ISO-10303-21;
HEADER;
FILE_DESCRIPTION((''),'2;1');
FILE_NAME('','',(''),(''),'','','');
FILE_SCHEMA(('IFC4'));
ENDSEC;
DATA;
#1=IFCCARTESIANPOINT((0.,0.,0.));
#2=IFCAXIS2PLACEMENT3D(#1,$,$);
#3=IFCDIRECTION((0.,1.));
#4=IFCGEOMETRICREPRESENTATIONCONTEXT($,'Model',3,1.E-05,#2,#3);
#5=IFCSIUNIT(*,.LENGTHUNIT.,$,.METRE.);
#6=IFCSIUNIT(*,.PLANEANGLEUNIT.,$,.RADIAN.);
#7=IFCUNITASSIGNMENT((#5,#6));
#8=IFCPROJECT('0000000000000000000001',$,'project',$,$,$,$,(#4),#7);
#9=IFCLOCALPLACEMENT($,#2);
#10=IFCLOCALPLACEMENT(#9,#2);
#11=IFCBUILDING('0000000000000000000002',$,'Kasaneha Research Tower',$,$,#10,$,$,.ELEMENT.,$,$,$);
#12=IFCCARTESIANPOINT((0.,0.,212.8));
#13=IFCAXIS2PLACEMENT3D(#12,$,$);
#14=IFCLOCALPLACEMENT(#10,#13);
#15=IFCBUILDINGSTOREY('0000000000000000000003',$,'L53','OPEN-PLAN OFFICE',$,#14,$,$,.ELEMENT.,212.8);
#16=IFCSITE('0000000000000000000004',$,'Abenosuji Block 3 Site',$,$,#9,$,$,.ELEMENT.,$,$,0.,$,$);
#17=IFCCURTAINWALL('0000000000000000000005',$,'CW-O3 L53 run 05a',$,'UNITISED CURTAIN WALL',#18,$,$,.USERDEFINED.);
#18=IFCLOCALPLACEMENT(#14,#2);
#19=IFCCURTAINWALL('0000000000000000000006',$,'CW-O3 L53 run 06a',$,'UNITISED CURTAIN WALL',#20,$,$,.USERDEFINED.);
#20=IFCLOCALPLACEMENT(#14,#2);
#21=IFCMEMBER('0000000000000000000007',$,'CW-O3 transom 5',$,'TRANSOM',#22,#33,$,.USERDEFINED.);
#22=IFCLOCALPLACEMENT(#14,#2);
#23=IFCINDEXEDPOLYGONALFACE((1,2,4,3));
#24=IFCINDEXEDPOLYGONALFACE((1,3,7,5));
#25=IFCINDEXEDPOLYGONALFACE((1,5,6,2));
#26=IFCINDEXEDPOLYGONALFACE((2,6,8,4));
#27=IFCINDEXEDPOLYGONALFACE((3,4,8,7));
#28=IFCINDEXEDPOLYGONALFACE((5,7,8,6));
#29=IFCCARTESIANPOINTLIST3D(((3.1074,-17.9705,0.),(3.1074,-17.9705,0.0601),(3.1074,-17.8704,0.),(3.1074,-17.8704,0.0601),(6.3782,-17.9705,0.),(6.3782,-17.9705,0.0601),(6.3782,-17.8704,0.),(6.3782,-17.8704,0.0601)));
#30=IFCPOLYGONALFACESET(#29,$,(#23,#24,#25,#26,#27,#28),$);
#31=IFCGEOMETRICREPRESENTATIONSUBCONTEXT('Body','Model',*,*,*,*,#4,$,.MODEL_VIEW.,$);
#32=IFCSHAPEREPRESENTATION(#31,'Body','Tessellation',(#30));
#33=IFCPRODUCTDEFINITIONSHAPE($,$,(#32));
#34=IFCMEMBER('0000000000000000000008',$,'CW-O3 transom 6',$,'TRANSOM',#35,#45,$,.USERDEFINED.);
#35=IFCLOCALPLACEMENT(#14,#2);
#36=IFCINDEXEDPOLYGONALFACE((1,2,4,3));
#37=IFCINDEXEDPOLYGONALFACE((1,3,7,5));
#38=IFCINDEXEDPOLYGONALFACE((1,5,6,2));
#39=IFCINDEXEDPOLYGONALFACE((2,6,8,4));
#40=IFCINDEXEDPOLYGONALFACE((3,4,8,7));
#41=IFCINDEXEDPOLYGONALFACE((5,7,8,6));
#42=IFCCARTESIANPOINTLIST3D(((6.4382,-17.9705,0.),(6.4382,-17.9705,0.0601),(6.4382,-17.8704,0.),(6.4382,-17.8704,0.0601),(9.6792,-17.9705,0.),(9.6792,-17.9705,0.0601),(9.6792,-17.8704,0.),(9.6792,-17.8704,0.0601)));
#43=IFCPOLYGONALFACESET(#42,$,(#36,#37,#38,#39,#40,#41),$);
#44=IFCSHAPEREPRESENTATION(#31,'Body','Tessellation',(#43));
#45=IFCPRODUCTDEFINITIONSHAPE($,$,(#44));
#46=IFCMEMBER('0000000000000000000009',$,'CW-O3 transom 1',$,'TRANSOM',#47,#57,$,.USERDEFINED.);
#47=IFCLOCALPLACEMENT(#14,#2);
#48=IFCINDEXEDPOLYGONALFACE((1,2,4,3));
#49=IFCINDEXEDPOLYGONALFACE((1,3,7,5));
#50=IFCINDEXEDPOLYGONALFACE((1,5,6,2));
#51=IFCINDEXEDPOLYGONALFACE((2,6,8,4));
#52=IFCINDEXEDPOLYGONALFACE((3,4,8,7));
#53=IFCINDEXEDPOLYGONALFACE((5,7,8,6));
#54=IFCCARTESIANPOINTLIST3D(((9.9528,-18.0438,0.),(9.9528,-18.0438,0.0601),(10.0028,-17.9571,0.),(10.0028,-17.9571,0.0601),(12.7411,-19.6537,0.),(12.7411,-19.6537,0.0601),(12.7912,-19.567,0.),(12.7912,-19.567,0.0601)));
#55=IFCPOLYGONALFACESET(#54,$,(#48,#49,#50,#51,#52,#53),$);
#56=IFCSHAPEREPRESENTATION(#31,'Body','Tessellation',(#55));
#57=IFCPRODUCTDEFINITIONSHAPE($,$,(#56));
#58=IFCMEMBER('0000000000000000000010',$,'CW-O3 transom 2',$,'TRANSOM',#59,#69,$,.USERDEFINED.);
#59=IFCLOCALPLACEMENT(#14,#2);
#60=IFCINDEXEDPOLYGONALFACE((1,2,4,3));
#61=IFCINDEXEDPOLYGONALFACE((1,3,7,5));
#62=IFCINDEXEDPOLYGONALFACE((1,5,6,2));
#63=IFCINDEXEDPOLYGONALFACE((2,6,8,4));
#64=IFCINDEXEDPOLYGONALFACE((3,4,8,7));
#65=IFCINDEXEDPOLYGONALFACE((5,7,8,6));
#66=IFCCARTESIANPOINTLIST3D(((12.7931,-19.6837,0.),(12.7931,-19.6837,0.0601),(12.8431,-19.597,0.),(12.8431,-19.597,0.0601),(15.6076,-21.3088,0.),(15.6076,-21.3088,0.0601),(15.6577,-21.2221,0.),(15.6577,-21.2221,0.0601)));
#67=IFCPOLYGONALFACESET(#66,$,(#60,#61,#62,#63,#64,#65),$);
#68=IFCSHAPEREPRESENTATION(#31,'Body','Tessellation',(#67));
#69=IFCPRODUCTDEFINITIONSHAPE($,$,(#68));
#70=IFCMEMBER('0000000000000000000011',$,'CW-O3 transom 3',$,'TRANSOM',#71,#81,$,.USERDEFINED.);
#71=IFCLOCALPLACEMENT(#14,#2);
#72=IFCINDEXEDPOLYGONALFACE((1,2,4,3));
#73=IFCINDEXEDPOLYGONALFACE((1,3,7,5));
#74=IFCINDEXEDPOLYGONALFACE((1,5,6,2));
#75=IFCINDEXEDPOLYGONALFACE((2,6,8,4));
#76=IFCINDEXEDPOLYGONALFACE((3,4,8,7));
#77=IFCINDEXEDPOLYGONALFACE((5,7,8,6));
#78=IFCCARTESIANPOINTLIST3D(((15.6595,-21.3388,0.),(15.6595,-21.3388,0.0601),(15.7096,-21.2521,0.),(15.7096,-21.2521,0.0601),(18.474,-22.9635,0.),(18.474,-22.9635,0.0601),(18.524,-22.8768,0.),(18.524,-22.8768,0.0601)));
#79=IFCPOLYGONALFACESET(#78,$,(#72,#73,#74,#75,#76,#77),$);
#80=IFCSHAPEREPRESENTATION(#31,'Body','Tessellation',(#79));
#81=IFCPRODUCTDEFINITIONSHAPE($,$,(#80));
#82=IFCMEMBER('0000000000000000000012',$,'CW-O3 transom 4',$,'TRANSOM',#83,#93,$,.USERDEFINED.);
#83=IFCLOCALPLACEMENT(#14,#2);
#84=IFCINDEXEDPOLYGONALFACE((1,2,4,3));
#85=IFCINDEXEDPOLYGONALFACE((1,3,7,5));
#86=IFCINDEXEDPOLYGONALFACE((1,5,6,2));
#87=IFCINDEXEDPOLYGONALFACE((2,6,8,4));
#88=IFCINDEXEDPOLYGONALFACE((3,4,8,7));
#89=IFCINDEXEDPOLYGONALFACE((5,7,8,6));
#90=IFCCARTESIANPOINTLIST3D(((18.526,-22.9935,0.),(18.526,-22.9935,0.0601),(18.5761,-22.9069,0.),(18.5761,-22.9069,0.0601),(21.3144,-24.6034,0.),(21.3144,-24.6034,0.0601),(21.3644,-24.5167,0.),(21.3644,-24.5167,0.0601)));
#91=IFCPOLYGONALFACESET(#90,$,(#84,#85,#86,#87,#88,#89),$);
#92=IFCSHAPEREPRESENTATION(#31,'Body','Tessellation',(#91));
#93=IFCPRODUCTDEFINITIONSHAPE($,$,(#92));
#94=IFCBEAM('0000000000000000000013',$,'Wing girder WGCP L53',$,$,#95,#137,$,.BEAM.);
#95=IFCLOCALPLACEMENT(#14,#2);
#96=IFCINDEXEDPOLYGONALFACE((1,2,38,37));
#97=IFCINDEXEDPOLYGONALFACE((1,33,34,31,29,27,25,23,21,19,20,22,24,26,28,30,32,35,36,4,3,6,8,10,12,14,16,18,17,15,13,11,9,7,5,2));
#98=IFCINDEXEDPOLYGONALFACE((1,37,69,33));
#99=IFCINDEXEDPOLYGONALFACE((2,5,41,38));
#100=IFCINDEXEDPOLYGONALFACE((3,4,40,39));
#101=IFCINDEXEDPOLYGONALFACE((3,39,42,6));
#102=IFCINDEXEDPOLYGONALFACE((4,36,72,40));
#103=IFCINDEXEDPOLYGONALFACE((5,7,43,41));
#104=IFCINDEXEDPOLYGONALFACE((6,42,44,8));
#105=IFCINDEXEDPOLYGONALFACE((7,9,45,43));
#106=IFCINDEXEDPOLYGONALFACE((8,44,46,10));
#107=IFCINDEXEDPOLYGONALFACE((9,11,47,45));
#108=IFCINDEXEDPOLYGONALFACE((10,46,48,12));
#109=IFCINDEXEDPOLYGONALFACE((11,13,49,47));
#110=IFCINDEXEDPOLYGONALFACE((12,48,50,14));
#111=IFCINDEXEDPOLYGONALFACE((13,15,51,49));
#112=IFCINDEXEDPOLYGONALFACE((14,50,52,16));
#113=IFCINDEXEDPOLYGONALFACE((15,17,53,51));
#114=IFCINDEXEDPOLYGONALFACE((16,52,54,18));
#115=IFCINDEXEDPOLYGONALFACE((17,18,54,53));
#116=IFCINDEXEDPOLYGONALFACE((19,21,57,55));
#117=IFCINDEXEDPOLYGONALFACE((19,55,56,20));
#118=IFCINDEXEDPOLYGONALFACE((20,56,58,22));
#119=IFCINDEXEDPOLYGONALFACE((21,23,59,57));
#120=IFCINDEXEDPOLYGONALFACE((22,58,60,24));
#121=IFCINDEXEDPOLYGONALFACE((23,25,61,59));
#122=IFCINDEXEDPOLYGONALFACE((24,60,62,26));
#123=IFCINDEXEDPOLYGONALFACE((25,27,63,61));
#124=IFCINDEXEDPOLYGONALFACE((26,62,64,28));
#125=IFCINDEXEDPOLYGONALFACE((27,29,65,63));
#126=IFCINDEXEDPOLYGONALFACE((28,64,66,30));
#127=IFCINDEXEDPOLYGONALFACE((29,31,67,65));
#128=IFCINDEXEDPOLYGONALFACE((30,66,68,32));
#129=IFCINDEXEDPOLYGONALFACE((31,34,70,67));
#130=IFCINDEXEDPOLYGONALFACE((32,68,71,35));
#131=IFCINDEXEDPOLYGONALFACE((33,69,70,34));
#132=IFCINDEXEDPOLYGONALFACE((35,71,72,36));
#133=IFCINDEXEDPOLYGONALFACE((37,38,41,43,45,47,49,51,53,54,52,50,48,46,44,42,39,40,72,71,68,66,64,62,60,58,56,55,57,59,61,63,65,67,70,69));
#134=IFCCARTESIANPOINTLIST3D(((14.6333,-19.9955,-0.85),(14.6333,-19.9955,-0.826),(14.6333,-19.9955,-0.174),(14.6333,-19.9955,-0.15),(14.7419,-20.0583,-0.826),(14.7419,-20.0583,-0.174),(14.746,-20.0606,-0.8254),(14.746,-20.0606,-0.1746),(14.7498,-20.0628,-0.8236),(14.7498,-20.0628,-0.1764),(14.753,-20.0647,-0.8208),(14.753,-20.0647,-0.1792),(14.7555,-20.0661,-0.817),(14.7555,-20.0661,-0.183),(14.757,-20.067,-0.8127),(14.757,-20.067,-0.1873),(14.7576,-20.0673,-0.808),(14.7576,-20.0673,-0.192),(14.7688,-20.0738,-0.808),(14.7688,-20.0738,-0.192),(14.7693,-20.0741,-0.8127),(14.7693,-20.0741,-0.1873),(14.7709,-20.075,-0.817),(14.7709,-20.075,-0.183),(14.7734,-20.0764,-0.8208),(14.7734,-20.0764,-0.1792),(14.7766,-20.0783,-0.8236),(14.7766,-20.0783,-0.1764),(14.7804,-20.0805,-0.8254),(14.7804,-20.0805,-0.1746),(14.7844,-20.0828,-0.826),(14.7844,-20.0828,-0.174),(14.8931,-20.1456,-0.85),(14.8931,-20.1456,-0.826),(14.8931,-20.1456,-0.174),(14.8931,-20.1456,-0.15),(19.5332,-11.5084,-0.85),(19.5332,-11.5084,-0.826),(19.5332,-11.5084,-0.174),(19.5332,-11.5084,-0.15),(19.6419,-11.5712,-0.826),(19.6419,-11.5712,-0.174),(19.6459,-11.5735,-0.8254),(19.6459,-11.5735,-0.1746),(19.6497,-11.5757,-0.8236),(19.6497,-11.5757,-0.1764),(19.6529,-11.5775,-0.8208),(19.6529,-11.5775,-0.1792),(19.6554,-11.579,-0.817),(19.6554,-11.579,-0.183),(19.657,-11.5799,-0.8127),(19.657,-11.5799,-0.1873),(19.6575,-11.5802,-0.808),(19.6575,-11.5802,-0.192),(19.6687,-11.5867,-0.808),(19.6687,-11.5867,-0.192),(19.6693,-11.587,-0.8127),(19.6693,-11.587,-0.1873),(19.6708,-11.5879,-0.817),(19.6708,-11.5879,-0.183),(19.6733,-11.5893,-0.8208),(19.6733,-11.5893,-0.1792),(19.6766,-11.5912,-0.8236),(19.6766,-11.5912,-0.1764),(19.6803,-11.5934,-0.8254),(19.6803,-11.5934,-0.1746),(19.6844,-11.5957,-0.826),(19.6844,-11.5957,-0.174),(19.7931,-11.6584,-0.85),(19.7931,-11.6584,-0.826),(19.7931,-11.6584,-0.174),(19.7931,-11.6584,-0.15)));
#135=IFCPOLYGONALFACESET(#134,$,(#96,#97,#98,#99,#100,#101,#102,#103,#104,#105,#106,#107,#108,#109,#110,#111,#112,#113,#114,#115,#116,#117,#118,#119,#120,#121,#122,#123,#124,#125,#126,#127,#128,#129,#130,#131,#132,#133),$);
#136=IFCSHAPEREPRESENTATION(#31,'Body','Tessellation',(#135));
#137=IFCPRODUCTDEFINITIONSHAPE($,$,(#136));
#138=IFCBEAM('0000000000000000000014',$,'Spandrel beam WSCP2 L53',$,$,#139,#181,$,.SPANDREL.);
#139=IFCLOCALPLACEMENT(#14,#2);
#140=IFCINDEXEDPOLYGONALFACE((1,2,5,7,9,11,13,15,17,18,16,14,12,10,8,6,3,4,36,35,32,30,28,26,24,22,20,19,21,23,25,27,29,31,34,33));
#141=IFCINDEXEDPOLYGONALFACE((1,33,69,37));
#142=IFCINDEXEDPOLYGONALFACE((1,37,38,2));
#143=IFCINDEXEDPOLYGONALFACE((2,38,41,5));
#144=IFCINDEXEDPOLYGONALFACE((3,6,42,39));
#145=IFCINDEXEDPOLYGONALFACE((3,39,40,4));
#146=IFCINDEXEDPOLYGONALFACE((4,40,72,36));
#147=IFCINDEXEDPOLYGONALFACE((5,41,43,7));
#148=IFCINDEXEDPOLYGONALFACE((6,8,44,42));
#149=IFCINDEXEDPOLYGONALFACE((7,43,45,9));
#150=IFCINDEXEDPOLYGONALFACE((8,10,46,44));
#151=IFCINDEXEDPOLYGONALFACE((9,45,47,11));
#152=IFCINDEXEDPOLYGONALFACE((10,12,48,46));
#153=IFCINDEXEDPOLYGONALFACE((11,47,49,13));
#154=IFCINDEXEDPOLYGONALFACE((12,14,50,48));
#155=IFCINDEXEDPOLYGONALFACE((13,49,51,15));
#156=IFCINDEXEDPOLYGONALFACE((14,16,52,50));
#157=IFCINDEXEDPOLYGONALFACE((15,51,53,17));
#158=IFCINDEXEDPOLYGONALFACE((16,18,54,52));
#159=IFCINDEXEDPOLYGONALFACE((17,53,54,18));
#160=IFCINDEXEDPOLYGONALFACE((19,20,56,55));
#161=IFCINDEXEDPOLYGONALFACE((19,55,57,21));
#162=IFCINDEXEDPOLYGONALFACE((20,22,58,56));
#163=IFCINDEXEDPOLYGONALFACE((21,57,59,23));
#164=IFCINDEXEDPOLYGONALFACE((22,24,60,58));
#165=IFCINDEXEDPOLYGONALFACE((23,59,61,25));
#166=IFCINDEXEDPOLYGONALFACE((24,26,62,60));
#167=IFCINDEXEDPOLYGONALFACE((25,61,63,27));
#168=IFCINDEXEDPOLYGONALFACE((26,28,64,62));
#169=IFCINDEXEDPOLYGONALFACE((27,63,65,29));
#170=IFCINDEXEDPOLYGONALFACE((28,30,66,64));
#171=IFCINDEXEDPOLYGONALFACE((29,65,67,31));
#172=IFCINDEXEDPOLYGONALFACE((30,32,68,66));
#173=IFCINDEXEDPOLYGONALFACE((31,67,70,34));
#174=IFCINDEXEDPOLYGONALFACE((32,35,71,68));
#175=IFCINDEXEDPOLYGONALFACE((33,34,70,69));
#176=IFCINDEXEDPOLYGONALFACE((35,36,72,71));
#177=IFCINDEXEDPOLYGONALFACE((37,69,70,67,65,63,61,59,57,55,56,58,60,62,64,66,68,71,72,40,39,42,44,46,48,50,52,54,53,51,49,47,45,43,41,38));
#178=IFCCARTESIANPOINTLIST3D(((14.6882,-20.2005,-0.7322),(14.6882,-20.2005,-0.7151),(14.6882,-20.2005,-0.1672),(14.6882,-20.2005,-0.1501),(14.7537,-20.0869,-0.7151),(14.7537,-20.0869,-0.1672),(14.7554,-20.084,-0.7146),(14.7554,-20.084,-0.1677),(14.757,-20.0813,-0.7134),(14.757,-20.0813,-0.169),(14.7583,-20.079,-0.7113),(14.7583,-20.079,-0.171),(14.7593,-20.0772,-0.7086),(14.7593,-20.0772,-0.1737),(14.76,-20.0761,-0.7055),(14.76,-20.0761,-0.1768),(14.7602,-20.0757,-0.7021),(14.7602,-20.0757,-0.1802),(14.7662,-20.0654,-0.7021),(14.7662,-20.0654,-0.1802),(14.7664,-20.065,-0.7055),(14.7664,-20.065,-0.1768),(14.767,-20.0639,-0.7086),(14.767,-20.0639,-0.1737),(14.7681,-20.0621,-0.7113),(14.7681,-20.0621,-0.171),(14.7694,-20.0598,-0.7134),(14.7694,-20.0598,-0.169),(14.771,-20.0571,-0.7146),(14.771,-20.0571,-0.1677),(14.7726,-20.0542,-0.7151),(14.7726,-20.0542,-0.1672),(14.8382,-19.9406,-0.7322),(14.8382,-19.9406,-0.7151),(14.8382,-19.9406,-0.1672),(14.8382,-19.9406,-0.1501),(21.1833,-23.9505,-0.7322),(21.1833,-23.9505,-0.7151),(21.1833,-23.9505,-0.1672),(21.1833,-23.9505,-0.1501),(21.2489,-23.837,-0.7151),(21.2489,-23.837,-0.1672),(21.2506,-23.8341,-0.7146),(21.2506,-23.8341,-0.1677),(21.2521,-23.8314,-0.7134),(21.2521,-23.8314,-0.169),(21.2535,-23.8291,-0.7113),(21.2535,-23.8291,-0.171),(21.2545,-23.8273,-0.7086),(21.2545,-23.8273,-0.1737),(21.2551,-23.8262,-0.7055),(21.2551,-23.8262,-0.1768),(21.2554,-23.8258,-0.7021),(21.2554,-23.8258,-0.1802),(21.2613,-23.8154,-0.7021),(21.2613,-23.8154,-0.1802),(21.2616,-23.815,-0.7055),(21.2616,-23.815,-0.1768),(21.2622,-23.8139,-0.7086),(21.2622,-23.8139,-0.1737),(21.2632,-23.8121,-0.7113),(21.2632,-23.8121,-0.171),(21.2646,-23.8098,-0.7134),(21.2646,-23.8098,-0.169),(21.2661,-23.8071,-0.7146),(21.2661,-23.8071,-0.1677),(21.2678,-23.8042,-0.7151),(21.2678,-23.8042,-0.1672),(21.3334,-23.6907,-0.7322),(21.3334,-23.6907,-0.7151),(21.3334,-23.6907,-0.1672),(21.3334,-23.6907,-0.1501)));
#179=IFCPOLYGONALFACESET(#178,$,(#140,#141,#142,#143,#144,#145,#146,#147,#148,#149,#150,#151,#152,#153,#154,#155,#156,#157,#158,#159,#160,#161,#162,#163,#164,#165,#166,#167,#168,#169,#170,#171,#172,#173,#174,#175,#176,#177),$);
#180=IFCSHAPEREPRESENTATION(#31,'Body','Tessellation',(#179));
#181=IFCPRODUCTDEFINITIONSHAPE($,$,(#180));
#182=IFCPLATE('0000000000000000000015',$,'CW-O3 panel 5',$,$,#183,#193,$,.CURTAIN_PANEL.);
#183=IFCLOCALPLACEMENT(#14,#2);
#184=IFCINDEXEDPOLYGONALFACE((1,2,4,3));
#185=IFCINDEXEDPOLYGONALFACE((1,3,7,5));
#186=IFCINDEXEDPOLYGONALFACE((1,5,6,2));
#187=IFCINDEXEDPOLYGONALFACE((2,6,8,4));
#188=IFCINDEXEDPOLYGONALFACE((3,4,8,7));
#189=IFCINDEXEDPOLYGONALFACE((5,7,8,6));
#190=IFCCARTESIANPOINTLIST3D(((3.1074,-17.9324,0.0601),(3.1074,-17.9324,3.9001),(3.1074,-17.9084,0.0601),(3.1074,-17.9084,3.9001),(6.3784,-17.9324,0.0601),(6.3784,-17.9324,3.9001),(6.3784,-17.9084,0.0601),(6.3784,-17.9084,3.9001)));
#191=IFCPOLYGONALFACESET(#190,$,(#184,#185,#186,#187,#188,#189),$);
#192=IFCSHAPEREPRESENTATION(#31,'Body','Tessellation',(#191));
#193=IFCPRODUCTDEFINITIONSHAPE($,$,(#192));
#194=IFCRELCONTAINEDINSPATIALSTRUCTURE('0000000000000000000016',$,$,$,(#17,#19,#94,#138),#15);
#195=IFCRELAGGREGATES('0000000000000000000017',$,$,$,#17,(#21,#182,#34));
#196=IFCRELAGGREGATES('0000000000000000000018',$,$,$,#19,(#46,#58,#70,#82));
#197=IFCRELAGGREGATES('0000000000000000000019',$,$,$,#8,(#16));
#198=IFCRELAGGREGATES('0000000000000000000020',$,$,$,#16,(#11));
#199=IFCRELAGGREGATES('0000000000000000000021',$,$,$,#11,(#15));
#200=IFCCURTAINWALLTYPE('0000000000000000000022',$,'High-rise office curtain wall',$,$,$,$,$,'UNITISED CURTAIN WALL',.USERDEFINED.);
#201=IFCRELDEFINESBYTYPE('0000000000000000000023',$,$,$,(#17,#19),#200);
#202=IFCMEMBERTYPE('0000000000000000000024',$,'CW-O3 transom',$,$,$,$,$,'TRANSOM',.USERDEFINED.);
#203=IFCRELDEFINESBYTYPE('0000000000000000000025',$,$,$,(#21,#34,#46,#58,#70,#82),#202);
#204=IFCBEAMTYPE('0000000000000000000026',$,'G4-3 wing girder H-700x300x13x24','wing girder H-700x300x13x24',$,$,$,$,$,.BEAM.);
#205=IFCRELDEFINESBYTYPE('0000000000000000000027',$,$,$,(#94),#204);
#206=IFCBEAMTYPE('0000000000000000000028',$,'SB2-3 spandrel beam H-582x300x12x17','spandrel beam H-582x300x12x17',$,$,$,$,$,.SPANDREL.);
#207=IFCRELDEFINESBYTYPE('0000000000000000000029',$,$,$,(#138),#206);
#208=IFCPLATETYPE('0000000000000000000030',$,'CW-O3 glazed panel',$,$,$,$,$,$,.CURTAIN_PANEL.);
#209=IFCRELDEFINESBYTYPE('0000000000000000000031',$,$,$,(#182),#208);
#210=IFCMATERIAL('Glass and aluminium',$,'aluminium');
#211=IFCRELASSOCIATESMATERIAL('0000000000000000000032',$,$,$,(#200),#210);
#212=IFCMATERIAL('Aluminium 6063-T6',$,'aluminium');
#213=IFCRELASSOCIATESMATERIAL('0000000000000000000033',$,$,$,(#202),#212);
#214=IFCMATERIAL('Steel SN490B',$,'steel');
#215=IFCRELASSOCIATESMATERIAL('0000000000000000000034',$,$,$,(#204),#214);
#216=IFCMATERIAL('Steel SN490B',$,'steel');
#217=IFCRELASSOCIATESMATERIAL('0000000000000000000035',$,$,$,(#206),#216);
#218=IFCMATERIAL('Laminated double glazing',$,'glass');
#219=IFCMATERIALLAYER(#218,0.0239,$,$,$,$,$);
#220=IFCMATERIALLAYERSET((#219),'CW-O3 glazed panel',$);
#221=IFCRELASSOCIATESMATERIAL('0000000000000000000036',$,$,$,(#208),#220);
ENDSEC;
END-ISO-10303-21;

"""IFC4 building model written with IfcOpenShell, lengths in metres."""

from ifc_helpers import new_model, si_unit, direction, frame, origin, origin_2d, place, context, subcontext, project, spatial, rectangle, i_section, extrude, material, layer, layer_set, material_profile, profile_set, type_object, element, aggregate, save


model = new_model("IFC4")

# Units and contexts
model_context = context("Model", 3, precision=1e-05, world=origin(), true_north=direction((0.0, 1.0)))
body_context = subcontext(model_context, "Body", "Model", "MODEL_VIEW")
ifc_project = project(units=[si_unit("LENGTHUNIT", "METRE"), si_unit("PLANEANGLEUNIT", "RADIAN")], contexts=[model_context])

# Site, building, storey
site_placement = place(None, origin())
site = spatial("IfcSite", under=ifc_project, at=site_placement, Name="Abenosuji Block 3 Site", CompositionType="ELEMENT", RefElevation=0.0)
building_placement = place(site_placement, origin())
building = spatial("IfcBuilding", under=site, at=building_placement, Name="Kasaneha Research Tower", CompositionType="ELEMENT")
storey_placement = place(building_placement, frame((0.0, 0.0, 212.8)))
storey = spatial("IfcBuildingStorey", under=building, at=storey_placement, Name="L53", Description="OPEN-PLAN OFFICE", CompositionType="ELEMENT", Elevation=212.8)

# Curtain walls
ifc_material_1 = material(Name="Glass and aluminium", Category="aluminium")
curtain_wall_type = type_object("IfcCurtainWallType", Name="High-rise office curtain wall", ElementType="UNITISED CURTAIN WALL", PredefinedType="USERDEFINED", material=ifc_material_1)
curtain_wall_1_placement = place(storey_placement, origin())
curtain_wall_1 = element("IfcCurtainWall", 1, at=curtain_wall_1_placement, inside=storey, type_object=curtain_wall_type, Name="CW-O3 L53 run 05a", ObjectType="UNITISED CURTAIN WALL", PredefinedType="USERDEFINED")
curtain_wall_2_placement = place(storey_placement, origin())
curtain_wall_2 = element("IfcCurtainWall", 2, at=curtain_wall_2_placement, inside=storey, type_object=curtain_wall_type, Name="CW-O3 L53 run 06a", ObjectType="UNITISED CURTAIN WALL", PredefinedType="USERDEFINED")

# Members
ifc_material_2 = material(Name="Aluminium 6063-T6", Category="aluminium")
ifc_material_profile_1 = material_profile(ifc_material_2, rectangle(XDim=0.1001, YDim=0.0601, at=origin_2d()), Name="CW-O3 transom 100x60")
ifc_profile_set_1 = profile_set([ifc_material_profile_1], Name="Aluminium 6063-T6")
member_type_1 = type_object("IfcMemberType", Name="CW-O3 transom", ElementType="TRANSOM", PredefinedType="USERDEFINED", material=ifc_profile_set_1)
member_1_placement = place(storey_placement, frame((3.1074, -17.9204, 0.03), z_axis=(1.0, 0.0, 0.0), x_axis=(0.0, 1.0, 0.0)))
member_1 = element("IfcMember", 3, at=member_1_placement, type_object=member_type_1, Name="CW-O3 transom 5", ObjectType="TRANSOM", PredefinedType="USERDEFINED", context=body_context, shape_type="SweptSolid", body=[
    extrude(rectangle(XDim=0.1001, YDim=0.0601, at=origin_2d()), origin(), (0.0, 0.0, 1.0), 3.2708),
])
member_2_placement = place(storey_placement, frame((6.4382, -17.9204, 0.03), z_axis=(1.0, 0.0, 0.0), x_axis=(0.0, 1.0, 0.0)))
member_2 = element("IfcMember", 4, at=member_2_placement, type_object=member_type_1, Name="CW-O3 transom 6", ObjectType="TRANSOM", PredefinedType="USERDEFINED", context=body_context, shape_type="SweptSolid", body=[
    extrude(rectangle(XDim=0.1001, YDim=0.0601, at=origin_2d()), origin(), (0.0, 0.0, 1.0), 3.241),
])
member_3_placement = place(storey_placement, frame((9.9778, -18.0005, 0.03), z_axis=(0.866023, -0.500005, 0.0), x_axis=(0.500005, 0.866023, 0.0)))
member_3 = element("IfcMember", 5, at=member_3_placement, type_object=member_type_1, Name="CW-O3 transom 1", ObjectType="TRANSOM", PredefinedType="USERDEFINED", context=body_context, shape_type="SweptSolid", body=[
    extrude(rectangle(XDim=0.1001, YDim=0.0601, at=origin_2d()), origin(), (0.0, 0.0, 1.0), 3.2197),
])
member_4_placement = place(storey_placement, frame((12.8181, -19.6404, 0.03), z_axis=(0.866015, -0.500017, 0.0), x_axis=(0.500017, 0.866015, 0.0)))
member_4 = element("IfcMember", 6, at=member_4_placement, type_object=member_type_1, Name="CW-O3 transom 2", ObjectType="TRANSOM", PredefinedType="USERDEFINED", context=body_context, shape_type="SweptSolid", body=[
    extrude(rectangle(XDim=0.1001, YDim=0.0601, at=origin_2d()), origin(), (0.0, 0.0, 1.0), 3.25),
])
member_5_placement = place(storey_placement, frame((15.6846, -21.2954, 0.03), z_axis=(0.866048, -0.499961, 0.0), x_axis=(0.499961, 0.866048, 0.0)))
member_5 = element("IfcMember", 7, at=member_5_placement, type_object=member_type_1, Name="CW-O3 transom 3", ObjectType="TRANSOM", PredefinedType="USERDEFINED", context=body_context, shape_type="SweptSolid", body=[
    extrude(rectangle(XDim=0.1001, YDim=0.0601, at=origin_2d()), origin(), (0.0, 0.0, 1.0), 3.2498),
])
member_6_placement = place(storey_placement, frame((18.551, -22.9502, 0.03), z_axis=(0.866023, -0.500005, 0.0), x_axis=(0.500005, 0.866023, 0.0)))
member_6 = element("IfcMember", 8, at=member_6_placement, type_object=member_type_1, Name="CW-O3 transom 4", ObjectType="TRANSOM", PredefinedType="USERDEFINED", context=body_context, shape_type="SweptSolid", body=[
    extrude(rectangle(XDim=0.1001, YDim=0.0601, at=origin_2d()), origin(), (0.0, 0.0, 1.0), 3.2197),
])

# Beams
ifc_material_3 = material(Name="Steel SN490B", Category="steel")
ifc_material_profile_2 = material_profile(ifc_material_3, i_section(OverallWidth=0.3, OverallDepth=0.7, WebThickness=0.0129, FlangeThickness=0.0239, FilletRadius=0.0181, at=origin_2d()), Name="H-700x300x13x24")
ifc_profile_set_2 = profile_set([ifc_material_profile_2], Name="Steel SN490B")
beam_type_1 = type_object("IfcBeamType", Name="G4-3 wing girder H-700x300x13x24", Description="wing girder H-700x300x13x24", PredefinedType="BEAM", material=ifc_profile_set_2)
beam_1_placement = place(storey_placement, frame((14.7632, -20.0706, -0.5), z_axis=(0.499992, 0.86603, 0.0), x_axis=(-0.86603, 0.499992, 0.0)))
element("IfcBeam", 9, at=beam_1_placement, inside=storey, type_object=beam_type_1, Name="Wing girder WGCP L53", PredefinedType="BEAM", context=body_context, shape_type="SweptSolid", body=[
    extrude(i_section(OverallWidth=0.3, OverallDepth=0.7, WebThickness=0.0129, FlangeThickness=0.0239, FilletRadius=0.0181, at=origin_2d()), origin(), (0.0, 0.0, 1.0), 9.8),
])
ifc_material_4 = material(Name="Steel SN490B", Category="steel")
ifc_material_profile_3 = material_profile(ifc_material_4, i_section(OverallWidth=0.3, OverallDepth=0.582, WebThickness=0.012, FlangeThickness=0.0171, FilletRadius=0.0129, at=origin_2d()), Name="H-582x300x12x17")
ifc_profile_set_3 = profile_set([ifc_material_profile_3], Name="Steel SN490B")
beam_type_2 = type_object("IfcBeamType", Name="SB2-3 spandrel beam H-582x300x12x17", Description="spandrel beam H-582x300x12x17", PredefinedType="SPANDREL", material=ifc_profile_set_3)
beam_2_placement = place(storey_placement, frame((14.7632, -20.0706, -0.4412), z_axis=(0.866023, -0.500004, 0.0), x_axis=(0.500004, 0.866023, 0.0)))
element("IfcBeam", 10, at=beam_2_placement, inside=storey, type_object=beam_type_2, Name="Spandrel beam WSCP2 L53", PredefinedType="SPANDREL", context=body_context, shape_type="SweptSolid", body=[
    extrude(i_section(OverallWidth=0.3, OverallDepth=0.582, WebThickness=0.012, FlangeThickness=0.0171, FilletRadius=0.0129, at=origin_2d()), origin(), (0.0, 0.0, 1.0), 7.5),
])

# Plate
ifc_material_5 = material(Name="Laminated double glazing", Category="glass")
ifc_layer_1 = layer(ifc_material_5, 0.0239)
ifc_layer_set_1 = layer_set([ifc_layer_1], Name="CW-O3 glazed panel")
plate_type = type_object("IfcPlateType", Name="CW-O3 glazed panel", PredefinedType="CURTAIN_PANEL", material=ifc_layer_set_1)
plate_1_placement = place(storey_placement, frame((4.7429, -17.9204, 0.0601), z_axis=(0.0, 0.0, 1.0), x_axis=(1.0, 0.0, 0.0)))
plate_1 = element("IfcPlate", 11, at=plate_1_placement, type_object=plate_type, Name="CW-O3 panel 5", PredefinedType="CURTAIN_PANEL", context=body_context, shape_type="SweptSolid", body=[
    extrude(rectangle(XDim=3.271, YDim=0.0239, at=origin_2d()), origin(), (0.0, 0.0, 1.0), 3.8401),
])
aggregate(curtain_wall_1, [member_1, plate_1, member_2])
aggregate(curtain_wall_2, [member_3, member_4, member_5, member_6])

save(model, "model.ifc")
